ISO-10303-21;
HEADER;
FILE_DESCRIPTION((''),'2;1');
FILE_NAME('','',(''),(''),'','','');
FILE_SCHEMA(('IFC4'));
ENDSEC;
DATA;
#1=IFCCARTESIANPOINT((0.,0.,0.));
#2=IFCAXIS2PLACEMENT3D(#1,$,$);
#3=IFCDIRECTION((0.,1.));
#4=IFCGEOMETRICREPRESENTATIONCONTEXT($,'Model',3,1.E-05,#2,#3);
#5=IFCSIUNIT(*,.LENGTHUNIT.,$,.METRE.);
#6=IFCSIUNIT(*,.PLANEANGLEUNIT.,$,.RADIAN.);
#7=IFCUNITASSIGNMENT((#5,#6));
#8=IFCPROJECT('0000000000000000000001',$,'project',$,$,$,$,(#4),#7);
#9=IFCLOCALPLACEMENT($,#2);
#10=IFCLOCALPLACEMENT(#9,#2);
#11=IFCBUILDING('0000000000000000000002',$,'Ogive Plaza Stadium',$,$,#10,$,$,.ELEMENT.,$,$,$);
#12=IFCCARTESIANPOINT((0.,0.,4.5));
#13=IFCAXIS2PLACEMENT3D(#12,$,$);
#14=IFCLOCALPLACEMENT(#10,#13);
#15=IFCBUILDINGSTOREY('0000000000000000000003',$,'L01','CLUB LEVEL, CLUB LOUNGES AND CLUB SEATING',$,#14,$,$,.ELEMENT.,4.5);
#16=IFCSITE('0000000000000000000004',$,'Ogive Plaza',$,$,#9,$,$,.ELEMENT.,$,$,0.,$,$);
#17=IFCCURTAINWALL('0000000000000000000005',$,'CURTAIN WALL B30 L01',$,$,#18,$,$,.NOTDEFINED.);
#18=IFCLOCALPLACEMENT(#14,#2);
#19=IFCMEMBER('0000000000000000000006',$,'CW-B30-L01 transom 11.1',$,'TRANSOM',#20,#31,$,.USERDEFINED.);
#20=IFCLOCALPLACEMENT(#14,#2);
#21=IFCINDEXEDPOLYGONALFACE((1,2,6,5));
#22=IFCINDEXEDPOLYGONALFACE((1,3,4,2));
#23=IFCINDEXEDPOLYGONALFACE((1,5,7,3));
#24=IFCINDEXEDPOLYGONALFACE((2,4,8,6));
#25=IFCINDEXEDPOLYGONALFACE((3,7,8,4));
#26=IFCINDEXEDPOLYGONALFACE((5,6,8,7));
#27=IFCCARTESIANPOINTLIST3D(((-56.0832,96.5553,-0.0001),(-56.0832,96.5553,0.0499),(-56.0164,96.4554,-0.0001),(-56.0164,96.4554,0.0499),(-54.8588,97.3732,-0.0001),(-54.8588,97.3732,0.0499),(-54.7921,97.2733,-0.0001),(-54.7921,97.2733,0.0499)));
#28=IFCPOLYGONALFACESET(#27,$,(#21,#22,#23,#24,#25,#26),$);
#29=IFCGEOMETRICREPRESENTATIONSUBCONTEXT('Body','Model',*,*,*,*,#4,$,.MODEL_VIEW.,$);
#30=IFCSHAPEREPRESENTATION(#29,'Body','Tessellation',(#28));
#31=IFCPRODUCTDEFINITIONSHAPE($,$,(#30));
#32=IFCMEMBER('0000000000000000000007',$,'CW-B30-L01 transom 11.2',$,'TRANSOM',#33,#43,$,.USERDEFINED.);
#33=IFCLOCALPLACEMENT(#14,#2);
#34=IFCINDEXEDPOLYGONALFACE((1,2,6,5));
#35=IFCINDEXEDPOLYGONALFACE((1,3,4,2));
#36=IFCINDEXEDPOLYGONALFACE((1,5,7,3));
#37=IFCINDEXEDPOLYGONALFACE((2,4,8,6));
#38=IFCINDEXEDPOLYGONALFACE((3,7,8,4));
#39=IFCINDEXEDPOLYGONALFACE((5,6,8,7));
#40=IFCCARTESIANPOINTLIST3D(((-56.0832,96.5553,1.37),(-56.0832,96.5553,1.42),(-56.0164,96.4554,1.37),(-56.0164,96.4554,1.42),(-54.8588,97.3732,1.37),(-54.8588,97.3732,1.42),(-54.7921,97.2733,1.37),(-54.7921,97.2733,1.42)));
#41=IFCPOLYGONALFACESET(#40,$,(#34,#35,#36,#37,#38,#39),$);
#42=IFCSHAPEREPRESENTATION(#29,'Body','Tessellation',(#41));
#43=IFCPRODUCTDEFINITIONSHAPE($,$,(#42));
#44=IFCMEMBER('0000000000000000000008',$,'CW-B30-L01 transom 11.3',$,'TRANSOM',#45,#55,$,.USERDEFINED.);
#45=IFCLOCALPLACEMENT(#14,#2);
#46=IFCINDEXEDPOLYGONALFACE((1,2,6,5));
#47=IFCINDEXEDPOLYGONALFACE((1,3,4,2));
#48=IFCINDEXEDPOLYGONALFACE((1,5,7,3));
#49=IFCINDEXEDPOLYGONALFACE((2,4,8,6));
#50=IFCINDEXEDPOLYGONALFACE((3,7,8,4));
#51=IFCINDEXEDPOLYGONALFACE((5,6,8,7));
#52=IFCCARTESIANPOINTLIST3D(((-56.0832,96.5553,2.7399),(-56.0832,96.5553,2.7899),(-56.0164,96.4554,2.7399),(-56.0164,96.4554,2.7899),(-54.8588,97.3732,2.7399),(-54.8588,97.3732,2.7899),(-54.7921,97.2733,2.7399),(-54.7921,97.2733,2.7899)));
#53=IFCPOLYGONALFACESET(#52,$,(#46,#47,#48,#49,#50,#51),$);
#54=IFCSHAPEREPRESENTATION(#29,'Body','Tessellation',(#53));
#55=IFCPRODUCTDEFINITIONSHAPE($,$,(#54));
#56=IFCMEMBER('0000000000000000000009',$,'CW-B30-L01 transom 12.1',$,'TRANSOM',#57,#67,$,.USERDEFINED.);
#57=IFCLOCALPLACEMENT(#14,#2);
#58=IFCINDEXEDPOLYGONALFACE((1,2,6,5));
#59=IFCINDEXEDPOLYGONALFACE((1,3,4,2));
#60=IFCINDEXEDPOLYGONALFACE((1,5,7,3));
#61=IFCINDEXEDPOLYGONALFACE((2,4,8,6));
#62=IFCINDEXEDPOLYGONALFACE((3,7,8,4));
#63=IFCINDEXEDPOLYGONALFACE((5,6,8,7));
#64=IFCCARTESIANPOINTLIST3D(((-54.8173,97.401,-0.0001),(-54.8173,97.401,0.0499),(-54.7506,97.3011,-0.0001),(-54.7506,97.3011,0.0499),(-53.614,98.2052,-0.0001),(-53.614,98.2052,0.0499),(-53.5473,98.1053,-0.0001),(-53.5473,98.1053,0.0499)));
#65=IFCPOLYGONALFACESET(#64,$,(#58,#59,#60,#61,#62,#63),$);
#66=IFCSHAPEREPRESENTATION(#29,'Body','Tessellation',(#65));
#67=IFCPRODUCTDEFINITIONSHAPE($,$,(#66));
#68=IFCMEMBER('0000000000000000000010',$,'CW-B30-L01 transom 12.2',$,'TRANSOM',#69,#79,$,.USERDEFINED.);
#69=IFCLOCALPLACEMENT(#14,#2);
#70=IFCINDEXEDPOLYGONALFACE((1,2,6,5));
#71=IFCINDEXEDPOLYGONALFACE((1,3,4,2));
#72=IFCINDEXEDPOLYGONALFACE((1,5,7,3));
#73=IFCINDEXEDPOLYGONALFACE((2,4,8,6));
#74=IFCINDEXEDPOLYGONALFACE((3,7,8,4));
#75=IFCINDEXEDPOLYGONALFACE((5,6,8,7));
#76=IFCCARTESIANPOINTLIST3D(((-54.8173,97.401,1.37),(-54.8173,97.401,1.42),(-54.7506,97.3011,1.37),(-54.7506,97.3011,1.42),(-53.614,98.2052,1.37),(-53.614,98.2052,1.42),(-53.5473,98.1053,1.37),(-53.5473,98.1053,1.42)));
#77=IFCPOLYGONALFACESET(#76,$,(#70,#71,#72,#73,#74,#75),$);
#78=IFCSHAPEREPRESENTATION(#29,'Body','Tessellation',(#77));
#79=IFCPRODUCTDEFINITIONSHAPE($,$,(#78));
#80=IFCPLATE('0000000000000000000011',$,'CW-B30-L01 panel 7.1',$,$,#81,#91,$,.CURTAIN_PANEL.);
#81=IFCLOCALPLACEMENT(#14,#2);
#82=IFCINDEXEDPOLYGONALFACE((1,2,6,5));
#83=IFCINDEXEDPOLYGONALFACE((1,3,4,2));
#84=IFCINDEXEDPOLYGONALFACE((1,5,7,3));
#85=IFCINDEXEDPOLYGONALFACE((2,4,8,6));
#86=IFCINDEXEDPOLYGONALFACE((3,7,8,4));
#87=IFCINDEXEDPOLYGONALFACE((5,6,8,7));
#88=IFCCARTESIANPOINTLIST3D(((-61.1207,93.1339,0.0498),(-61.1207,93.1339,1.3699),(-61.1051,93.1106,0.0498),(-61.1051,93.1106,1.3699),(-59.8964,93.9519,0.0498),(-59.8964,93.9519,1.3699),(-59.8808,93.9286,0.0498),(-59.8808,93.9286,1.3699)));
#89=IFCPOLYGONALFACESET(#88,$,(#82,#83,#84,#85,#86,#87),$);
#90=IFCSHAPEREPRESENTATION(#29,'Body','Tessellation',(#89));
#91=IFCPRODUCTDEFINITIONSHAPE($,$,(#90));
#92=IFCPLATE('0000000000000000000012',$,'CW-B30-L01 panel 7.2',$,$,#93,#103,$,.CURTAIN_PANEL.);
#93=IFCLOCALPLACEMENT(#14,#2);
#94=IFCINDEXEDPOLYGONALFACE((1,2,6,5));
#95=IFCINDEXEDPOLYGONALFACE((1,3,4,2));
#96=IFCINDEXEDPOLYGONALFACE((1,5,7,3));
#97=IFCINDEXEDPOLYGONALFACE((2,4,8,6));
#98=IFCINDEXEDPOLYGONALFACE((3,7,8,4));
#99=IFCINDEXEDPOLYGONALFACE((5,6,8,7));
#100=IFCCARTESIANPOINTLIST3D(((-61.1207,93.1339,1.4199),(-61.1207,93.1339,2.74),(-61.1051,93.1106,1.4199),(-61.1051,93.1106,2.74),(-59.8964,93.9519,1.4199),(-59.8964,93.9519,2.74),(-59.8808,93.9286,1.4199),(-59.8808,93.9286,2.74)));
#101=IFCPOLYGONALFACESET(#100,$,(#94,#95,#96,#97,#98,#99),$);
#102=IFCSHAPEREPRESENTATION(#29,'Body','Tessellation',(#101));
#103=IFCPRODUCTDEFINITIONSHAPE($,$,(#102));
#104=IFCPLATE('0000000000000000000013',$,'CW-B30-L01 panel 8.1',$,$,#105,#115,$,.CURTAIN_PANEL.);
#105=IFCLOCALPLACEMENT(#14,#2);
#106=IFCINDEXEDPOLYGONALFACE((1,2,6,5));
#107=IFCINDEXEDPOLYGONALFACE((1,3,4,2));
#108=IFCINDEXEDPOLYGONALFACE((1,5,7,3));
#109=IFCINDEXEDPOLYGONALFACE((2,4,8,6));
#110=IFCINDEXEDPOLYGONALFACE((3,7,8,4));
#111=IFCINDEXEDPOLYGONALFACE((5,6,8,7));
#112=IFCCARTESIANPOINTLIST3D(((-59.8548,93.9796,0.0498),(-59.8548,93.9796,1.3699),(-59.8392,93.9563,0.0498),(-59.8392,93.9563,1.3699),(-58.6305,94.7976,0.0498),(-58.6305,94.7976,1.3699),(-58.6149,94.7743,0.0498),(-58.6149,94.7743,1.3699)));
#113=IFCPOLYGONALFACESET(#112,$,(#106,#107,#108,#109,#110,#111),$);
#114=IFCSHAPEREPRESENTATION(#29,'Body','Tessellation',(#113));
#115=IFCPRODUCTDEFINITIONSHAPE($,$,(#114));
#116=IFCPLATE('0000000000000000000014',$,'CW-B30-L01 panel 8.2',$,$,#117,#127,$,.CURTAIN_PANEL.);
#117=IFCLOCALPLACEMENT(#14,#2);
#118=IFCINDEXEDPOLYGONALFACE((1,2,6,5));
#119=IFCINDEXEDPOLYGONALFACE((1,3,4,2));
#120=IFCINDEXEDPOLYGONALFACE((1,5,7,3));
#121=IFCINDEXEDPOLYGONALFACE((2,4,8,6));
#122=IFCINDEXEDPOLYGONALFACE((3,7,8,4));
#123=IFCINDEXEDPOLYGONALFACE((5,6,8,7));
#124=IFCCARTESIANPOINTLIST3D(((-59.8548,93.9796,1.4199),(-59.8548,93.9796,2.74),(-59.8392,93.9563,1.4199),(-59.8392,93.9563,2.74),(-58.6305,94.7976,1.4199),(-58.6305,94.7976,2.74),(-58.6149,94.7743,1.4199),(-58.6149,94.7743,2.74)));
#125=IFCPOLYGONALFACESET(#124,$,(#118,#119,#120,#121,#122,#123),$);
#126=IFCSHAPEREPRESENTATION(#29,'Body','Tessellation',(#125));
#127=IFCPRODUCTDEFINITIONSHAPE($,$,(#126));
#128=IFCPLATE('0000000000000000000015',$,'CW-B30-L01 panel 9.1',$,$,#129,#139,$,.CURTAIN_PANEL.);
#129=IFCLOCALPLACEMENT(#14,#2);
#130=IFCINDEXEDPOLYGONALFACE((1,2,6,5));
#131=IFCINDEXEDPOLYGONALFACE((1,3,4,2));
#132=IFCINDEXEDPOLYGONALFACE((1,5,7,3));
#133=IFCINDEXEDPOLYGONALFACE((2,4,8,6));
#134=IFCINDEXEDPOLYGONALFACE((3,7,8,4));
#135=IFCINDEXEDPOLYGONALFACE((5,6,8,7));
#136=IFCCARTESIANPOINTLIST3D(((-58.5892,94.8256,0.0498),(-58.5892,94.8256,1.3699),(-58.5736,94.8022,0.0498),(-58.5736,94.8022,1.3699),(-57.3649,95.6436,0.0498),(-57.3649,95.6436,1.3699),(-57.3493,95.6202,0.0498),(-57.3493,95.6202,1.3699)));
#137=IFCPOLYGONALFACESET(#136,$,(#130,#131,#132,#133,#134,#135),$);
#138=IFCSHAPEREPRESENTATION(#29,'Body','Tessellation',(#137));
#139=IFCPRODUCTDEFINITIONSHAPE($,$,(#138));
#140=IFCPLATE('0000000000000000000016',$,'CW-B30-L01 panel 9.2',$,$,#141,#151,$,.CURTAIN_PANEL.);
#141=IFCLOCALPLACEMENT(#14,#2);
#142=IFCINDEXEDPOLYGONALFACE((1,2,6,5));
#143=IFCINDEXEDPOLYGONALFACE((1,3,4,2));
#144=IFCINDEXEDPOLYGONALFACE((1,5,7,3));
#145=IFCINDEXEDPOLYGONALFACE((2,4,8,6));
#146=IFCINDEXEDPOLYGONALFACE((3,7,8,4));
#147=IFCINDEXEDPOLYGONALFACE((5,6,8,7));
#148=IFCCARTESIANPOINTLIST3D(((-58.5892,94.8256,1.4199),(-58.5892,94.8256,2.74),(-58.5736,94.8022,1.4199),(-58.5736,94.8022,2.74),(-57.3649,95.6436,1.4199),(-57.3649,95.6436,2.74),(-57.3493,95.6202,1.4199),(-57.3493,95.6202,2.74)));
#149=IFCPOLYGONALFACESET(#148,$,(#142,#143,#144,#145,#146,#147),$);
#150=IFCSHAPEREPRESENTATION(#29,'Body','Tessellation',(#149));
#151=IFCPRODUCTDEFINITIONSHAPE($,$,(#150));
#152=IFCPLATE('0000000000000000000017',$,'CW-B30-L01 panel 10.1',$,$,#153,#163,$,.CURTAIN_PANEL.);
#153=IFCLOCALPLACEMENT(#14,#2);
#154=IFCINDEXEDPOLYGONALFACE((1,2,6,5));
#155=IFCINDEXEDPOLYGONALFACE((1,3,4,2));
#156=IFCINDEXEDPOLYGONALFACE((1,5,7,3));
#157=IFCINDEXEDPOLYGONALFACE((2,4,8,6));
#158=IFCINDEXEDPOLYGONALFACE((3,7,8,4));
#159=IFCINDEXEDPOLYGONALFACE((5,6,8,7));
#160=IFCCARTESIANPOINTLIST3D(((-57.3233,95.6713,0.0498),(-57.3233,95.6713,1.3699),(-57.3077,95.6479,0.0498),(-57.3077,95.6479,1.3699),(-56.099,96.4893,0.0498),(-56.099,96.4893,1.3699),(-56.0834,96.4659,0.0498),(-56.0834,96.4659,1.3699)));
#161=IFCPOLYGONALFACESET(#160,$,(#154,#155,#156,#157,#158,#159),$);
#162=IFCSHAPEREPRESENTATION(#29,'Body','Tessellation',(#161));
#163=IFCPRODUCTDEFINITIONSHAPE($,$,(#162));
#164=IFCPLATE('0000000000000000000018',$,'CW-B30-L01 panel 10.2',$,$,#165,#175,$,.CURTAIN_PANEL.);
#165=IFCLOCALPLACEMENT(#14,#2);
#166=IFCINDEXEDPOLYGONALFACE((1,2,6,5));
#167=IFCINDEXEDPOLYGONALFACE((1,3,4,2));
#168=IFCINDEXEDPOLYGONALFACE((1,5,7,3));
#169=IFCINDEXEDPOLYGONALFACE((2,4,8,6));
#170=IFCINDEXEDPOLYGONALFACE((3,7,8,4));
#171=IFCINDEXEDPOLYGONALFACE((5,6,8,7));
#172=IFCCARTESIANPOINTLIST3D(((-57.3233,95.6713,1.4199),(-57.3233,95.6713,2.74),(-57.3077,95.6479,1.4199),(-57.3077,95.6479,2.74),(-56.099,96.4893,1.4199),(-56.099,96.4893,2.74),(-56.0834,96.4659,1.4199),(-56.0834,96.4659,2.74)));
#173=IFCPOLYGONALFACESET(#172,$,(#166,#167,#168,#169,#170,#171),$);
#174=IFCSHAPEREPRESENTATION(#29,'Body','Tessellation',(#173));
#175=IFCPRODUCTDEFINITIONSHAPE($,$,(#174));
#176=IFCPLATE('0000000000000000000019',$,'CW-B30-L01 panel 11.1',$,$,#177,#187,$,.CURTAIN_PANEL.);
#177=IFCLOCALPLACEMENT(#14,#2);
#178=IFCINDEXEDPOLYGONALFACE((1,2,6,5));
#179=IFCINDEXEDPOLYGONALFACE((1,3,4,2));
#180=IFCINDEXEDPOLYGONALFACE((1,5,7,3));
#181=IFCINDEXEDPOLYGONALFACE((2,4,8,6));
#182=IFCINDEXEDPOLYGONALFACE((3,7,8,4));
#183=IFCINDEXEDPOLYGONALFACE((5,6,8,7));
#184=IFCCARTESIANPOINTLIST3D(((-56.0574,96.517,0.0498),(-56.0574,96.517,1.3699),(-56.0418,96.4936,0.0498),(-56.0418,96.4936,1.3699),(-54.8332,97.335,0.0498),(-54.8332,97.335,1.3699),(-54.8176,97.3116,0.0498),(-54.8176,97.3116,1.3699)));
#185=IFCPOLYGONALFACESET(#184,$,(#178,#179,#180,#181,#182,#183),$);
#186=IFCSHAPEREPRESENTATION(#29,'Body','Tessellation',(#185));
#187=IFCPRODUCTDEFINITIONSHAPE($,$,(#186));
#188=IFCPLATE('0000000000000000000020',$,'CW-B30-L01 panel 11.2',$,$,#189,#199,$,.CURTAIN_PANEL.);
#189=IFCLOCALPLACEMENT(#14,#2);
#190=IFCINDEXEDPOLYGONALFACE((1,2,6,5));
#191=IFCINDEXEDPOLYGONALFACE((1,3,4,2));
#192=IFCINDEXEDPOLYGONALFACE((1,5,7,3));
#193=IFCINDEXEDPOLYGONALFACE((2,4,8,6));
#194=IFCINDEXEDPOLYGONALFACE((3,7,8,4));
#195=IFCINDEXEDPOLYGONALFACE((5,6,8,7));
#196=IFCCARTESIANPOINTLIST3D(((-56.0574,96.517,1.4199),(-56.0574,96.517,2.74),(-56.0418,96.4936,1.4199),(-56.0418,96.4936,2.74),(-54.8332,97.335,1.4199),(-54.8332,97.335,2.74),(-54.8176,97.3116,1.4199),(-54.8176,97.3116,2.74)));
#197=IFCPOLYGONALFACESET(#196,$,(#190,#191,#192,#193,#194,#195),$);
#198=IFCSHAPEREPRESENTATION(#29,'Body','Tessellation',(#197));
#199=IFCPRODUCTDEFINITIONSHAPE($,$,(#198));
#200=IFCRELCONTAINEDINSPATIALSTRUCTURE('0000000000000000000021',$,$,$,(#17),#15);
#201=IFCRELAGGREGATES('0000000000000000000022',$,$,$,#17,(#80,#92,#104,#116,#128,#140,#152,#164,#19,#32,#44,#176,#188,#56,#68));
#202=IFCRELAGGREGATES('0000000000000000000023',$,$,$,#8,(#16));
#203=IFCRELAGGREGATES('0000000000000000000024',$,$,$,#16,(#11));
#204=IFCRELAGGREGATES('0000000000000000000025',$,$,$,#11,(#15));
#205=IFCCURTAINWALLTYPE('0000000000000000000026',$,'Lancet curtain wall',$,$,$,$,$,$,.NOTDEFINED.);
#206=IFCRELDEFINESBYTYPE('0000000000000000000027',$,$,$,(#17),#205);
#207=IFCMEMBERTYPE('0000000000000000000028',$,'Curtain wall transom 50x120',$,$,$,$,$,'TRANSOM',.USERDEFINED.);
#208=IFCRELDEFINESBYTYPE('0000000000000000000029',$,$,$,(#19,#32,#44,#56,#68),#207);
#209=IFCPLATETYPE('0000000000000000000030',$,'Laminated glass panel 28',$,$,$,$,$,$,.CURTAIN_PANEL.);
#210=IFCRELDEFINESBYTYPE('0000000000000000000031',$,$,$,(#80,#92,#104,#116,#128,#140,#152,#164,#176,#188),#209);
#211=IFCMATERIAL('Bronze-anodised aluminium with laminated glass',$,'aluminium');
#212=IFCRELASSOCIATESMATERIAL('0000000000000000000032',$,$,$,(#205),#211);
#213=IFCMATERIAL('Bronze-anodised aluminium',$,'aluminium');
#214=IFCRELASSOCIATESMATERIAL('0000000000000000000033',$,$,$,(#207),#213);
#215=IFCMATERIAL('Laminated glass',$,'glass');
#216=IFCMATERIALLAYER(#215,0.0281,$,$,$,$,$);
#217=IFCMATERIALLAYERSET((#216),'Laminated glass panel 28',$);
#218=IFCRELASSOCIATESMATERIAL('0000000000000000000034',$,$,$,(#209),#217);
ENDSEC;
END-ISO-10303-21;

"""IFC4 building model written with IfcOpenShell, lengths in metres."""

from ifc_helpers import new_model, si_unit, direction, frame, origin, origin_2d, place, context, subcontext, project, spatial, rectangle, extrude, material, layer, layer_set, material_profile, profile_set, type_object, element, aggregate, save


model = new_model("IFC4")

# Units and contexts
model_context = context("Model", 3, precision=1e-05, world=origin(), true_north=direction((0.0, 1.0)))
body_context = subcontext(model_context, "Body", "Model", "MODEL_VIEW")
ifc_project = project(units=[si_unit("LENGTHUNIT", "METRE"), si_unit("PLANEANGLEUNIT", "RADIAN")], contexts=[model_context])

# Site, building, storey
site_placement = place(None, origin())
site = spatial("IfcSite", under=ifc_project, at=site_placement, Name="Ogive Plaza", CompositionType="ELEMENT", RefElevation=0.0)
building_placement = place(site_placement, origin())
building = spatial("IfcBuilding", under=site, at=building_placement, Name="Ogive Plaza Stadium", CompositionType="ELEMENT")
storey_placement = place(building_placement, frame((0.0, 0.0, 4.5)))
storey = spatial("IfcBuildingStorey", under=building, at=storey_placement, Name="L01", Description="CLUB LEVEL, CLUB LOUNGES AND CLUB SEATING", CompositionType="ELEMENT", Elevation=4.5)

# Curtain wall, members, plates
ifc_material_1 = material(Name="Bronze-anodised aluminium with laminated glass", Category="aluminium")
curtain_wall_type = type_object("IfcCurtainWallType", Name="Lancet curtain wall", PredefinedType="NOTDEFINED", material=ifc_material_1)
curtain_wall_placement = place(storey_placement, origin())
curtain_wall = element("IfcCurtainWall", 1, at=curtain_wall_placement, inside=storey, type_object=curtain_wall_type, Name="CURTAIN WALL B30 L01", PredefinedType="NOTDEFINED")
ifc_material_2 = material(Name="Bronze-anodised aluminium", Category="aluminium")
ifc_material_profile_1 = material_profile(ifc_material_2, rectangle(XDim=0.1201, YDim=0.05, at=origin_2d()), Name="AL 120x50")
ifc_profile_set_1 = profile_set([ifc_material_profile_1], Name="Bronze-anodised aluminium")
member_type_1 = type_object("IfcMemberType", Name="Curtain wall transom 50x120", ElementType="TRANSOM", PredefinedType="USERDEFINED", material=ifc_profile_set_1)
member_1_placement = place(storey_placement, frame((-56.0498, 96.5054, 0.0249), z_axis=(0.83154, 0.555465, 0.0), x_axis=(-0.555465, 0.83154, 0.0)))
member_1 = element("IfcMember", 2, at=member_1_placement, type_object=member_type_1, Name="CW-B30-L01 transom 11.1", ObjectType="TRANSOM", PredefinedType="USERDEFINED", context=body_context, shape_type="SweptSolid", body=[
    extrude(rectangle(XDim=0.1201, YDim=0.05, at=origin_2d()), origin(), (0.0, 0.0, 1.0), 1.4724),
])
member_2_placement = place(storey_placement, frame((-56.0498, 96.5054, 1.395), z_axis=(0.83154, 0.555465, 0.0), x_axis=(-0.555465, 0.83154, 0.0)))
member_2 = element("IfcMember", 3, at=member_2_placement, type_object=member_type_1, Name="CW-B30-L01 transom 11.2", ObjectType="TRANSOM", PredefinedType="USERDEFINED", context=body_context, shape_type="SweptSolid", body=[
    extrude(rectangle(XDim=0.1201, YDim=0.05, at=origin_2d()), origin(), (0.0, 0.0, 1.0), 1.4724),
])
member_3_placement = place(storey_placement, frame((-56.0498, 96.5054, 2.7649), z_axis=(0.83154, 0.555465, 0.0), x_axis=(-0.555465, 0.83154, 0.0)))
member_3 = element("IfcMember", 4, at=member_3_placement, type_object=member_type_1, Name="CW-B30-L01 transom 11.3", ObjectType="TRANSOM", PredefinedType="USERDEFINED", context=body_context, shape_type="SweptSolid", body=[
    extrude(rectangle(XDim=0.1201, YDim=0.05, at=origin_2d()), origin(), (0.0, 0.0, 1.0), 1.4724),
])
member_4_placement = place(storey_placement, frame((-54.7839, 97.3511, 0.0249), z_axis=(0.831427, 0.555634, 0.0), x_axis=(-0.555634, 0.831427, 0.0)))
member_4 = element("IfcMember", 5, at=member_4_placement, type_object=member_type_1, Name="CW-B30-L01 transom 12.1", ObjectType="TRANSOM", PredefinedType="USERDEFINED", context=body_context, shape_type="SweptSolid", body=[
    extrude(rectangle(XDim=0.1201, YDim=0.05, at=origin_2d()), origin(), (0.0, 0.0, 1.0), 1.4473),
])
member_5_placement = place(storey_placement, frame((-54.7839, 97.3511, 1.395), z_axis=(0.831427, 0.555634, 0.0), x_axis=(-0.555634, 0.831427, 0.0)))
member_5 = element("IfcMember", 6, at=member_5_placement, type_object=member_type_1, Name="CW-B30-L01 transom 12.2", ObjectType="TRANSOM", PredefinedType="USERDEFINED", context=body_context, shape_type="SweptSolid", body=[
    extrude(rectangle(XDim=0.1201, YDim=0.05, at=origin_2d()), origin(), (0.0, 0.0, 1.0), 1.4473),
])
ifc_material_3 = material(Name="Laminated glass", Category="glass")
ifc_layer_1 = layer(ifc_material_3, 0.0281)
ifc_layer_set_1 = layer_set([ifc_layer_1], Name="Laminated glass panel 28")
plate_type = type_object("IfcPlateType", Name="Laminated glass panel 28", PredefinedType="CURTAIN_PANEL", material=ifc_layer_set_1)
plate_1_placement = place(storey_placement, frame((-60.5007, 93.5312, 0.0498), z_axis=(0.0, 0.0, 1.0), x_axis=(0.83147, 0.55557, 0.0)))
plate_1 = element("IfcPlate", 7, at=plate_1_placement, type_object=plate_type, Name="CW-B30-L01 panel 7.1", PredefinedType="CURTAIN_PANEL", context=body_context, shape_type="SweptSolid", body=[
    extrude(rectangle(XDim=1.4724, YDim=0.0281, at=origin_2d()), origin(), (0.0, 0.0, 1.0), 1.3201),
])
plate_2_placement = place(storey_placement, frame((-60.5007, 93.5312, 1.4199), z_axis=(0.0, 0.0, 1.0), x_axis=(0.83147, 0.55557, 0.0)))
plate_2 = element("IfcPlate", 8, at=plate_2_placement, type_object=plate_type, Name="CW-B30-L01 panel 7.2", PredefinedType="CURTAIN_PANEL", context=body_context, shape_type="SweptSolid", body=[
    extrude(rectangle(XDim=1.4724, YDim=0.0281, at=origin_2d()), origin(), (0.0, 0.0, 1.0), 1.3201),
])
plate_3_placement = place(storey_placement, frame((-59.2349, 94.377, 0.0498), z_axis=(0.0, 0.0, 1.0), x_axis=(0.83147, 0.55557, 0.0)))
plate_3 = element("IfcPlate", 9, at=plate_3_placement, type_object=plate_type, Name="CW-B30-L01 panel 8.1", PredefinedType="CURTAIN_PANEL", context=body_context, shape_type="SweptSolid", body=[
    extrude(rectangle(XDim=1.4724, YDim=0.0281, at=origin_2d()), origin(), (0.0, 0.0, 1.0), 1.3201),
])
plate_4_placement = place(storey_placement, frame((-59.2349, 94.377, 1.4199), z_axis=(0.0, 0.0, 1.0), x_axis=(0.83147, 0.55557, 0.0)))
plate_4 = element("IfcPlate", 10, at=plate_4_placement, type_object=plate_type, Name="CW-B30-L01 panel 8.2", PredefinedType="CURTAIN_PANEL", context=body_context, shape_type="SweptSolid", body=[
    extrude(rectangle(XDim=1.4724, YDim=0.0281, at=origin_2d()), origin(), (0.0, 0.0, 1.0), 1.3201),
])
plate_5_placement = place(storey_placement, frame((-57.9692, 95.2229, 0.0498), z_axis=(0.0, 0.0, 1.0), x_axis=(0.83147, 0.55557, 0.0)))
plate_5 = element("IfcPlate", 11, at=plate_5_placement, type_object=plate_type, Name="CW-B30-L01 panel 9.1", PredefinedType="CURTAIN_PANEL", context=body_context, shape_type="SweptSolid", body=[
    extrude(rectangle(XDim=1.4724, YDim=0.0281, at=origin_2d()), origin(), (0.0, 0.0, 1.0), 1.3201),
])
plate_6_placement = place(storey_placement, frame((-57.9692, 95.2229, 1.4199), z_axis=(0.0, 0.0, 1.0), x_axis=(0.83147, 0.55557, 0.0)))
plate_6 = element("IfcPlate", 12, at=plate_6_placement, type_object=plate_type, Name="CW-B30-L01 panel 9.2", PredefinedType="CURTAIN_PANEL", context=body_context, shape_type="SweptSolid", body=[
    extrude(rectangle(XDim=1.4724, YDim=0.0281, at=origin_2d()), origin(), (0.0, 0.0, 1.0), 1.3201),
])
plate_7_placement = place(storey_placement, frame((-56.7034, 96.0686, 0.0498), z_axis=(0.0, 0.0, 1.0), x_axis=(0.83147, 0.55557, 0.0)))
plate_7 = element("IfcPlate", 13, at=plate_7_placement, type_object=plate_type, Name="CW-B30-L01 panel 10.1", PredefinedType="CURTAIN_PANEL", context=body_context, shape_type="SweptSolid", body=[
    extrude(rectangle(XDim=1.4724, YDim=0.0281, at=origin_2d()), origin(), (0.0, 0.0, 1.0), 1.3201),
])
plate_8_placement = place(storey_placement, frame((-56.7034, 96.0686, 1.4199), z_axis=(0.0, 0.0, 1.0), x_axis=(0.83147, 0.55557, 0.0)))
plate_8 = element("IfcPlate", 14, at=plate_8_placement, type_object=plate_type, Name="CW-B30-L01 panel 10.2", PredefinedType="CURTAIN_PANEL", context=body_context, shape_type="SweptSolid", body=[
    extrude(rectangle(XDim=1.4724, YDim=0.0281, at=origin_2d()), origin(), (0.0, 0.0, 1.0), 1.3201),
])
plate_9_placement = place(storey_placement, frame((-55.4375, 96.9143, 0.0498), z_axis=(0.0, 0.0, 1.0), x_axis=(0.83147, 0.55557, 0.0)))
plate_9 = element("IfcPlate", 15, at=plate_9_placement, type_object=plate_type, Name="CW-B30-L01 panel 11.1", PredefinedType="CURTAIN_PANEL", context=body_context, shape_type="SweptSolid", body=[
    extrude(rectangle(XDim=1.4724, YDim=0.0281, at=origin_2d()), origin(), (0.0, 0.0, 1.0), 1.3201),
])
plate_10_placement = place(storey_placement, frame((-55.4375, 96.9143, 1.4199), z_axis=(0.0, 0.0, 1.0), x_axis=(0.83147, 0.55557, 0.0)))
plate_10 = element("IfcPlate", 16, at=plate_10_placement, type_object=plate_type, Name="CW-B30-L01 panel 11.2", PredefinedType="CURTAIN_PANEL", context=body_context, shape_type="SweptSolid", body=[
    extrude(rectangle(XDim=1.4724, YDim=0.0281, at=origin_2d()), origin(), (0.0, 0.0, 1.0), 1.3201),
])
aggregate(curtain_wall, [plate_1, plate_2, plate_3, plate_4, plate_5, plate_6, plate_7, plate_8, member_1, member_2, member_3, plate_9, plate_10, member_4, member_5])

save(model, "model.ifc")
